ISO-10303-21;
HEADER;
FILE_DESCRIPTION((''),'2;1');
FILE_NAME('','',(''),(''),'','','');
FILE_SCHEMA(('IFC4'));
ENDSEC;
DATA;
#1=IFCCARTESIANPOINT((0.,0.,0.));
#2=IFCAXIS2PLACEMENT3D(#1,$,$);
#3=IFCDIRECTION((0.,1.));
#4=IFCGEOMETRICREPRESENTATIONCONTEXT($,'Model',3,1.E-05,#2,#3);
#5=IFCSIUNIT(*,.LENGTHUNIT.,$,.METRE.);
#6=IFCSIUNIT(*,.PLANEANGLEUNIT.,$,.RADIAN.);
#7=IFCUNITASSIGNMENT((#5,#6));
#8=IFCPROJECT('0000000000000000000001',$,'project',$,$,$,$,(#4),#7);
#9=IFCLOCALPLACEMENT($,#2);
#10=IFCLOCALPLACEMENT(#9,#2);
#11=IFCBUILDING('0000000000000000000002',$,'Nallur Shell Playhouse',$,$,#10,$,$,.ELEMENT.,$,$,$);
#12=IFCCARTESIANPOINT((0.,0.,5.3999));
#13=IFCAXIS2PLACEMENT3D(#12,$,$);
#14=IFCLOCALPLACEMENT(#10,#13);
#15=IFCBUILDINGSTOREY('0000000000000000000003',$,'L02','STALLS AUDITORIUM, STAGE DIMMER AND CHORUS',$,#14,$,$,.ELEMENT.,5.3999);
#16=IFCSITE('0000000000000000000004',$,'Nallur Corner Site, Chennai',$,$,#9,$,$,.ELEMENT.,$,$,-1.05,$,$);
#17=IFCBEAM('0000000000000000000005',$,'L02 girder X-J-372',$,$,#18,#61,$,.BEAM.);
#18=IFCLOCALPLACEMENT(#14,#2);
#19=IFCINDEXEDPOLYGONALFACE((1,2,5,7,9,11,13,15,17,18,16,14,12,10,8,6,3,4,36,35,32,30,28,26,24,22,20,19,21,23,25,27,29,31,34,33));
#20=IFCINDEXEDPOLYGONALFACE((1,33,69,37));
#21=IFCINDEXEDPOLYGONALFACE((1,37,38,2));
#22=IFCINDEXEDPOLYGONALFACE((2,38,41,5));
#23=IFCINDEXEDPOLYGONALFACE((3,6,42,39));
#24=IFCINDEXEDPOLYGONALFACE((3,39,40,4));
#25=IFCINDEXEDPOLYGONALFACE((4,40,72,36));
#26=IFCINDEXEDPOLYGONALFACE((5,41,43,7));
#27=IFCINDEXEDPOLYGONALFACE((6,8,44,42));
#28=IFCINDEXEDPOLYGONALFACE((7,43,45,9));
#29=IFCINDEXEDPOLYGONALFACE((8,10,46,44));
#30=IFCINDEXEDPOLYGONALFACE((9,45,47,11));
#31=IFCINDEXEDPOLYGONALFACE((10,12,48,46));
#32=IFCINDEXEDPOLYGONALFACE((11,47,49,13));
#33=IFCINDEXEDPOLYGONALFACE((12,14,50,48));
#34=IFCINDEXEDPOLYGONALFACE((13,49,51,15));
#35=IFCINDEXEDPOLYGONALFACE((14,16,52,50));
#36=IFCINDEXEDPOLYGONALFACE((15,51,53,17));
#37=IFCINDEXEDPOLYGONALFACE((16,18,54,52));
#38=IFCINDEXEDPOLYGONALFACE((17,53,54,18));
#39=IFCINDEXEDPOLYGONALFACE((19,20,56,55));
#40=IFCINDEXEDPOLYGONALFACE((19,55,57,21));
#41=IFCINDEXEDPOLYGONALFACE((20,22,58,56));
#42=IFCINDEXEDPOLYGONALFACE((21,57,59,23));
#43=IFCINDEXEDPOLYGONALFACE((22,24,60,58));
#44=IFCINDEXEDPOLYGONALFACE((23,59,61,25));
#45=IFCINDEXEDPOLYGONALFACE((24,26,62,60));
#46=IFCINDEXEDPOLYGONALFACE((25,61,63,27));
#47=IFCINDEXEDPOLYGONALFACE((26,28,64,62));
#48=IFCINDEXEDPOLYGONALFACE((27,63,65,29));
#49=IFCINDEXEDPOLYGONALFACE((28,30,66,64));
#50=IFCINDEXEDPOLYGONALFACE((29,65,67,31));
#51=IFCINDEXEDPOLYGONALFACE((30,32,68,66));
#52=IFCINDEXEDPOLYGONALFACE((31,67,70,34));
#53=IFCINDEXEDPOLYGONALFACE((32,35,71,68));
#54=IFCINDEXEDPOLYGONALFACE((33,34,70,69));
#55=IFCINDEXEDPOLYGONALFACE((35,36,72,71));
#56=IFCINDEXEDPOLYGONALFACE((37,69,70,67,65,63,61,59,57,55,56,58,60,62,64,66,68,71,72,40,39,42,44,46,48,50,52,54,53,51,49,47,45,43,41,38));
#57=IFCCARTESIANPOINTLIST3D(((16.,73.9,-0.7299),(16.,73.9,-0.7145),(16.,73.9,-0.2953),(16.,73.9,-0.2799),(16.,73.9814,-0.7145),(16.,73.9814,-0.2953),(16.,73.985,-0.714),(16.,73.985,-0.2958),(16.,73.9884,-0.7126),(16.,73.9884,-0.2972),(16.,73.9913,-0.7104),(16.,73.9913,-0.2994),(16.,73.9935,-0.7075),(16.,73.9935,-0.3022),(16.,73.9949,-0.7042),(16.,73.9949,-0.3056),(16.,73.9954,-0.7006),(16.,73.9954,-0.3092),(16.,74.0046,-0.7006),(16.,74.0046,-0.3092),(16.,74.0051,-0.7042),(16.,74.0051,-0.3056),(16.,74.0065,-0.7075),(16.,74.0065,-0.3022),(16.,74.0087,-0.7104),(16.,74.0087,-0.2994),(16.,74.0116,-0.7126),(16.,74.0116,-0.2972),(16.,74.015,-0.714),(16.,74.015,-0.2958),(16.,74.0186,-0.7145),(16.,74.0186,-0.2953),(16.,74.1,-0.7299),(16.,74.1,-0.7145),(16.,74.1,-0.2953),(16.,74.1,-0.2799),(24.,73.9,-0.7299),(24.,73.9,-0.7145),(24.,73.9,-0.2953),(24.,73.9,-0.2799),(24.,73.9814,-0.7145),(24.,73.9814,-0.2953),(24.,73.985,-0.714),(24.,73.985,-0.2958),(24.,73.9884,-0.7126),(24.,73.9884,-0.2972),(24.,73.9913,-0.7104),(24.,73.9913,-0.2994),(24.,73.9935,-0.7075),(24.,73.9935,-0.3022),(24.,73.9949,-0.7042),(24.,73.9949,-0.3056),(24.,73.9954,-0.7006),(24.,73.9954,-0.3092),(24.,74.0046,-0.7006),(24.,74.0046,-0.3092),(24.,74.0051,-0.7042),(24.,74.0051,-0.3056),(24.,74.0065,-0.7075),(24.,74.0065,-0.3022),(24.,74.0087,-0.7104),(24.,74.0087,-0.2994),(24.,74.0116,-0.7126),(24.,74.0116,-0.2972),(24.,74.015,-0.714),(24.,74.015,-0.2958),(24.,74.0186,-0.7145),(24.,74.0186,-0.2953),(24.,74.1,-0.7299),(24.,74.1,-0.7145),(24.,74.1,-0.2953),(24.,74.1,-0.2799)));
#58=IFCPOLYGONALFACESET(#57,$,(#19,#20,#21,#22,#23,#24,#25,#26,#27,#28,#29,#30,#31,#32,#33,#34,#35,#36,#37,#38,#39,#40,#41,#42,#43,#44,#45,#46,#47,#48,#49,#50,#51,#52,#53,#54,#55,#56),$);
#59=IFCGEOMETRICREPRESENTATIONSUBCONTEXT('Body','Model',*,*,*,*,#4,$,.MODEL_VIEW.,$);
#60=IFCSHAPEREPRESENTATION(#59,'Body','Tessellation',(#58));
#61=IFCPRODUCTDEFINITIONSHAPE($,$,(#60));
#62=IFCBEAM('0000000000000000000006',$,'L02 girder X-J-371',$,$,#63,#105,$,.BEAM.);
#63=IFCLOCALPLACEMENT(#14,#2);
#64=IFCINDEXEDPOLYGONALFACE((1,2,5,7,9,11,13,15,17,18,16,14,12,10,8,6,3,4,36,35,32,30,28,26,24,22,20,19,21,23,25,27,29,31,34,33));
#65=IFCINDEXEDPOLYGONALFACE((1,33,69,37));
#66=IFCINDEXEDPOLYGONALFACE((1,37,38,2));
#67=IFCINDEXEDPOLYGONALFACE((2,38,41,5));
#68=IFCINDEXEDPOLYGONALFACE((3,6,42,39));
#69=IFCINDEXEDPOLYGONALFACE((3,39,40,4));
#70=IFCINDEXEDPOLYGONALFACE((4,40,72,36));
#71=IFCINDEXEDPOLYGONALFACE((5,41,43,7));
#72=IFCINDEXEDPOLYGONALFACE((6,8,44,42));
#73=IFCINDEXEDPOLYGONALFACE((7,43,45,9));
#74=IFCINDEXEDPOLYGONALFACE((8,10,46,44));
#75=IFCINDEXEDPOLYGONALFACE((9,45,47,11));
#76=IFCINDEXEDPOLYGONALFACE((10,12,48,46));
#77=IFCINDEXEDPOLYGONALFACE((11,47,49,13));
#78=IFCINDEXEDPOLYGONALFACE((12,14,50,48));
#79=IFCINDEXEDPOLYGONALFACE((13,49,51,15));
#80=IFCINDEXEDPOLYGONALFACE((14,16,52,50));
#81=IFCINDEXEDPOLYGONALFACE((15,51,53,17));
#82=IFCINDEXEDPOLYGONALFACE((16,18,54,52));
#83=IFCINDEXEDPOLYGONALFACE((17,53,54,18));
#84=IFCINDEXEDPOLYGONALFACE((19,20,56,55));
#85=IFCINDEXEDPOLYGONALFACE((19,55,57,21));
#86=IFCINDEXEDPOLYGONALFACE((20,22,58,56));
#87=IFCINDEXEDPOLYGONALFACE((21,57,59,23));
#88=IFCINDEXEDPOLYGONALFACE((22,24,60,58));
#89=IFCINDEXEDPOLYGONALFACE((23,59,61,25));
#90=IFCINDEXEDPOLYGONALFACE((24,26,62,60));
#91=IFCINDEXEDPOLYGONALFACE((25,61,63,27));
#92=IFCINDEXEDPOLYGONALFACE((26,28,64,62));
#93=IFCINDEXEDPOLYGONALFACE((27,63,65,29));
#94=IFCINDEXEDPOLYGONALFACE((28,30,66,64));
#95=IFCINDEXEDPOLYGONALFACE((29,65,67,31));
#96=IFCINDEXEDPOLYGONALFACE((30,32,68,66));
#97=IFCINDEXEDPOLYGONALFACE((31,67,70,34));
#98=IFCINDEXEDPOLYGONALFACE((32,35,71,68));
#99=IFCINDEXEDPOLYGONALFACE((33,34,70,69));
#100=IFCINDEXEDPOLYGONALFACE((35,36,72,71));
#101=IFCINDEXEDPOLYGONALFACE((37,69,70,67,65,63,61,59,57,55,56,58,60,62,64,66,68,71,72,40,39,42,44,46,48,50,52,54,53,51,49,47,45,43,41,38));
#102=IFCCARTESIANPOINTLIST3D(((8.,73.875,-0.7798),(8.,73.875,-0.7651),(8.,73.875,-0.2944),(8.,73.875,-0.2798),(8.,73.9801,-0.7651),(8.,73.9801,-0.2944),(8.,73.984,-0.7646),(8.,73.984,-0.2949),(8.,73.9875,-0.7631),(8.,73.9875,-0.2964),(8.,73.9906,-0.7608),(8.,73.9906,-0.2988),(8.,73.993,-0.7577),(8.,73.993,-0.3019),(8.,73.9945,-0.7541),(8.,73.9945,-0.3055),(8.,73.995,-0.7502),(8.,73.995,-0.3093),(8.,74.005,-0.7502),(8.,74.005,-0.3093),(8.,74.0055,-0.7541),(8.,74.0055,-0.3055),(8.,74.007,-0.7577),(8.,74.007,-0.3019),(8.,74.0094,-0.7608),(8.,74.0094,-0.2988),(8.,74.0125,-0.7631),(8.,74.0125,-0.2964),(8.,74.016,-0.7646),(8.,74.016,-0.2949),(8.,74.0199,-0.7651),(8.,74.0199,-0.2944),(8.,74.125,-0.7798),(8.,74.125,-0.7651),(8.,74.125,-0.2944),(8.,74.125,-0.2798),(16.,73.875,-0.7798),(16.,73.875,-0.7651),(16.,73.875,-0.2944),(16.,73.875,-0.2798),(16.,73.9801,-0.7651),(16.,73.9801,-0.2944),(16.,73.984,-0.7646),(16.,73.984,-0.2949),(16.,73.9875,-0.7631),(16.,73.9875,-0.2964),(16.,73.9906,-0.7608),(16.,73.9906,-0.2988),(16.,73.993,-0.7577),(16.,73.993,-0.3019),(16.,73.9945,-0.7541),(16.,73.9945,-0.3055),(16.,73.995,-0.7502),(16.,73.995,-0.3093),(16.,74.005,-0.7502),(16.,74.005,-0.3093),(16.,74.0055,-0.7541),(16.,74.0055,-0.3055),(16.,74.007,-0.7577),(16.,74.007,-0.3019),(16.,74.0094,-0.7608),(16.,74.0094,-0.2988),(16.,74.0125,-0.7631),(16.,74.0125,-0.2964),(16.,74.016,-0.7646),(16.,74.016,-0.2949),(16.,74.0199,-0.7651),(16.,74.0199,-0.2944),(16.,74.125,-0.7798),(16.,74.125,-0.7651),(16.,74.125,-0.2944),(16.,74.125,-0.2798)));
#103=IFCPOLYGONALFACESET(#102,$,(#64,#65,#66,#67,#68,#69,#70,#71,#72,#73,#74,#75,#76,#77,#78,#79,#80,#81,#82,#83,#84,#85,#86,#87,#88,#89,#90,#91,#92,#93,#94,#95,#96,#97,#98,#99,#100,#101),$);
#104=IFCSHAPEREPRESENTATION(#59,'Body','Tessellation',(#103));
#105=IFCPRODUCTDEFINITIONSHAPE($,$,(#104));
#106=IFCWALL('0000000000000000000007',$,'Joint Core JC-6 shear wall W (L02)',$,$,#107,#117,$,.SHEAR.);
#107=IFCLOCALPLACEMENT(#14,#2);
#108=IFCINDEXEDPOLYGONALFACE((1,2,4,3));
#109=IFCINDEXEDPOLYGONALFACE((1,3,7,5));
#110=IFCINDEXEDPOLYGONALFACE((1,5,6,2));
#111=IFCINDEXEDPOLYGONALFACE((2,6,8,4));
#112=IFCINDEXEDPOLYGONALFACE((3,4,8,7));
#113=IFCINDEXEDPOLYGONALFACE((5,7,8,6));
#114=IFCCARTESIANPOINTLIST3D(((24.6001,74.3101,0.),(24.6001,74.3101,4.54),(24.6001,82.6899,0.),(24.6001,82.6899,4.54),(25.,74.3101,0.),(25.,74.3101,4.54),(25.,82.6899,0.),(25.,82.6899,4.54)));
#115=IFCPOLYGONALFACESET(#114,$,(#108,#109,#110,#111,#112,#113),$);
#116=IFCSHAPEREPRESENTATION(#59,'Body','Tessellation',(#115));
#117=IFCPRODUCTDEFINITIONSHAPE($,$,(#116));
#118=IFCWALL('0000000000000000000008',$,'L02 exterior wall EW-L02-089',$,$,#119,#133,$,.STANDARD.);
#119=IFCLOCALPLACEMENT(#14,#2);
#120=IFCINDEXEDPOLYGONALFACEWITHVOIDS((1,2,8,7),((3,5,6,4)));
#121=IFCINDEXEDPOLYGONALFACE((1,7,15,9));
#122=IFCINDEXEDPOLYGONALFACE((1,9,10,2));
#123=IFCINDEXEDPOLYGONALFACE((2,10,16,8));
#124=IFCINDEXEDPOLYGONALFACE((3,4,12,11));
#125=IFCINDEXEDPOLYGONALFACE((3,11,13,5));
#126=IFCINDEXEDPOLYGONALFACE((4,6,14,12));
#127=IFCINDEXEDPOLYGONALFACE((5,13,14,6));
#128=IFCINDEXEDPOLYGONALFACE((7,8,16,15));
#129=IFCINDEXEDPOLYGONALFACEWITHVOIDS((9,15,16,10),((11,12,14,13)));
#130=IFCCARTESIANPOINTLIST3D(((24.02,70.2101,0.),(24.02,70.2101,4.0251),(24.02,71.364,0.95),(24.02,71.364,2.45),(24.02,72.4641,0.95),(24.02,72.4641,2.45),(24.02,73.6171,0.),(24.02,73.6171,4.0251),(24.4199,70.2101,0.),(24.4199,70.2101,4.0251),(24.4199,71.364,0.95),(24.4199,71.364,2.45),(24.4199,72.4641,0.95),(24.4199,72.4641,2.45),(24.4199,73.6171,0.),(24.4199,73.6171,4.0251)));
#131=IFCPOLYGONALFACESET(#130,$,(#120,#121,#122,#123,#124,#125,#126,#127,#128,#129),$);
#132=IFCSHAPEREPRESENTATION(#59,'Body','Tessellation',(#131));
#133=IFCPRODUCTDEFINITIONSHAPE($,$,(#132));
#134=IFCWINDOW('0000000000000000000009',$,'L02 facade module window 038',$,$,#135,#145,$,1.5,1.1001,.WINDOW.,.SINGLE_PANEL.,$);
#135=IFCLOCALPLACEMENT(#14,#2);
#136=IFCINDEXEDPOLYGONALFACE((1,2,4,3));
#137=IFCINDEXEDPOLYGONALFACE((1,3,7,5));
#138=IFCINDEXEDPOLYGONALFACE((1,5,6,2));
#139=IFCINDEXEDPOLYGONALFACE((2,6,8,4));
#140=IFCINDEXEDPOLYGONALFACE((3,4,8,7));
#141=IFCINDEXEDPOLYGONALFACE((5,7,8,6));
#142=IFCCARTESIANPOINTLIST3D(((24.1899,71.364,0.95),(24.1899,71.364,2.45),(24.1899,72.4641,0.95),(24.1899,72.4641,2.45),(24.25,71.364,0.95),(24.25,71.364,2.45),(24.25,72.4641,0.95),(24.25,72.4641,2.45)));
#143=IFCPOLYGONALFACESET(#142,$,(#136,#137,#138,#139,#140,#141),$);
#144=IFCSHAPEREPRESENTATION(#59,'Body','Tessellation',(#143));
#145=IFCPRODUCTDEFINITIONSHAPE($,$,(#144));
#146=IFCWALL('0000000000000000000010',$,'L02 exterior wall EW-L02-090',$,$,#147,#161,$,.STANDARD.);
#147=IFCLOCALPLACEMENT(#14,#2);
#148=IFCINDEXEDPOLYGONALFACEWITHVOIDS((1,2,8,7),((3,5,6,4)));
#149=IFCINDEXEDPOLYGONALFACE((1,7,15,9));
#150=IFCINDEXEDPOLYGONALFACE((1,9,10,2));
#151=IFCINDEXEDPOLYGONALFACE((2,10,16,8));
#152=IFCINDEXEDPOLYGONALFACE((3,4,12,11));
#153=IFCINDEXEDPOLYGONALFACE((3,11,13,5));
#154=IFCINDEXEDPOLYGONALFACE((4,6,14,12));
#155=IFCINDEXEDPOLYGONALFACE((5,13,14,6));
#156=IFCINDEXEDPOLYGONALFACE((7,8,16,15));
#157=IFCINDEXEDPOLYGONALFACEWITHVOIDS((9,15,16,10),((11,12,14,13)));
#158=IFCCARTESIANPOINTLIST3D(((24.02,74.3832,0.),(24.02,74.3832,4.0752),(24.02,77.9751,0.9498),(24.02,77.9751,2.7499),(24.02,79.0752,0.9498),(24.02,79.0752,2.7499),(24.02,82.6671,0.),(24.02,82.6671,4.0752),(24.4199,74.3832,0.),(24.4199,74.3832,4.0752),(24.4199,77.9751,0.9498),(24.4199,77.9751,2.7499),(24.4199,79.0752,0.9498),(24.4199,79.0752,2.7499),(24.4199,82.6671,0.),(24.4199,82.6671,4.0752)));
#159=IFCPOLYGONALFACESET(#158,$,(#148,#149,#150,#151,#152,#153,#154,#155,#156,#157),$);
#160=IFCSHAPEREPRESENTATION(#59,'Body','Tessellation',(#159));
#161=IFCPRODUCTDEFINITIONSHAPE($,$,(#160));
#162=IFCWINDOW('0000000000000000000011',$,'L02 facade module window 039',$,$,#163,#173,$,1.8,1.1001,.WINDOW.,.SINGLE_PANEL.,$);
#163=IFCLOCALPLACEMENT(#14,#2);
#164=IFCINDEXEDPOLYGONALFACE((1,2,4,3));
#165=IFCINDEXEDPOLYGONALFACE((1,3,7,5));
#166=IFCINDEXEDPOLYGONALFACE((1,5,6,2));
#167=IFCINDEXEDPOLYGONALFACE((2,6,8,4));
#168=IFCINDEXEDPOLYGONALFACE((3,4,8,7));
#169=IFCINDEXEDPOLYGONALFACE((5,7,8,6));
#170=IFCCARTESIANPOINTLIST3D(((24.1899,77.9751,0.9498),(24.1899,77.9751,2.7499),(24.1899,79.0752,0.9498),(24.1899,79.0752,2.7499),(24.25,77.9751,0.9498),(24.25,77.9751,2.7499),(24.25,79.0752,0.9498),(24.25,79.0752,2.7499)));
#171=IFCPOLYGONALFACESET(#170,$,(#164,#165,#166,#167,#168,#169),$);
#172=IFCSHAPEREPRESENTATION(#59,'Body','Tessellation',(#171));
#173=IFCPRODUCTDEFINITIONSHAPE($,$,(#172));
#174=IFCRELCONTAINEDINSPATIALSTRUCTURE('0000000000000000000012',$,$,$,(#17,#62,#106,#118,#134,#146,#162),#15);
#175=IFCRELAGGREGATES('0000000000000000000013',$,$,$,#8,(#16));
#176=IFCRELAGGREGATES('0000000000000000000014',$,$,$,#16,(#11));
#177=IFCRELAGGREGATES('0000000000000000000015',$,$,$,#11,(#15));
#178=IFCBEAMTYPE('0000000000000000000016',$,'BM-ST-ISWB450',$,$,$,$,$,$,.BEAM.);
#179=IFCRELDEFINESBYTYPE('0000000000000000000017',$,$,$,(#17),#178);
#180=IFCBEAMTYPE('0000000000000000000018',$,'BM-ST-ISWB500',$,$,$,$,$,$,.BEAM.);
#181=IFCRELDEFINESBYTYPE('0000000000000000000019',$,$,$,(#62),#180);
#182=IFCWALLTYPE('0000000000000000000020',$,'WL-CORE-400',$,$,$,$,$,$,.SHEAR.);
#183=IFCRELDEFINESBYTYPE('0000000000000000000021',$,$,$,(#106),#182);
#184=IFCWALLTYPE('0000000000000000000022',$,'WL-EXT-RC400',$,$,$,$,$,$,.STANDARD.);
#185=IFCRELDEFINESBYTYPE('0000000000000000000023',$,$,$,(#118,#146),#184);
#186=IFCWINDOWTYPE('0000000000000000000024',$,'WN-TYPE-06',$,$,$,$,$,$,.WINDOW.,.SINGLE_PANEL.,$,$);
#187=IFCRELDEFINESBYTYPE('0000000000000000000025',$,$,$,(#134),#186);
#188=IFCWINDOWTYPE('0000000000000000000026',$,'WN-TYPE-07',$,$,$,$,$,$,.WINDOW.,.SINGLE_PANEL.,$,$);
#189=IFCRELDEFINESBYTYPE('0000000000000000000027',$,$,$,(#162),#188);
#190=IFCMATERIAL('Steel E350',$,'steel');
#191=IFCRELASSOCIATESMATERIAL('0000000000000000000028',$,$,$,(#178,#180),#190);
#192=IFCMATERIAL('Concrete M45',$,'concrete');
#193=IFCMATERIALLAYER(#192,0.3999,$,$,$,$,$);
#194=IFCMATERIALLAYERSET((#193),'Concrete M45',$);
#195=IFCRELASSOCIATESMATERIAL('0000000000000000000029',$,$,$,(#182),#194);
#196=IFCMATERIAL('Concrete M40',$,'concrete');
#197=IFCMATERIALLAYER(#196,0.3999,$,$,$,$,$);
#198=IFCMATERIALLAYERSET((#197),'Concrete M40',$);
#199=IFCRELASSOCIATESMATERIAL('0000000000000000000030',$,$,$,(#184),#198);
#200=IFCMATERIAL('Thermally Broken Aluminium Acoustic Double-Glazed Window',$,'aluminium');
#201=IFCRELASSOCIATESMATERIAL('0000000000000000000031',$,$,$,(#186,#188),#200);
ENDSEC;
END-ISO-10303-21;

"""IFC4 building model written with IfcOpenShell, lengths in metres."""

from ifc_helpers import new_model, si_unit, direction, frame, frame_2d, origin, origin_2d, place, context, subcontext, project, spatial, rectangle, i_section, extrude, material, layer, layer_set, material_profile, profile_set, type_object, element, fill, save


model = new_model("IFC4")

# Units and contexts
model_context = context("Model", 3, precision=1e-05, world=origin(), true_north=direction((0.0, 1.0)))
body_context = subcontext(model_context, "Body", "Model", "MODEL_VIEW")
ifc_project = project(units=[si_unit("LENGTHUNIT", "METRE"), si_unit("PLANEANGLEUNIT", "RADIAN")], contexts=[model_context])

# Site, building, storey
site_placement = place(None, origin())
site = spatial("IfcSite", under=ifc_project, at=site_placement, Name="Nallur Corner Site, Chennai", CompositionType="ELEMENT", RefElevation=-1.05)
building_placement = place(site_placement, origin())
building = spatial("IfcBuilding", under=site, at=building_placement, Name="Nallur Shell Playhouse", CompositionType="ELEMENT")
storey_placement = place(building_placement, frame((0.0, 0.0, 5.3999)))
storey = spatial("IfcBuildingStorey", under=building, at=storey_placement, Name="L02", Description="STALLS AUDITORIUM, STAGE DIMMER AND CHORUS", CompositionType="ELEMENT", Elevation=5.3999)

# Shared definitions
ifc_material_1 = material(Name="Concrete M40", Category="concrete")
ifc_material_2 = material(Name="Steel E350", Category="steel")

# Beams
ifc_material_profile_1 = material_profile(ifc_material_2, i_section(OverallWidth=0.2, OverallDepth=0.45, WebThickness=0.0093, FlangeThickness=0.0154, FilletRadius=0.0139, at=origin_2d()), Name="ISWB 450")
ifc_profile_set_1 = profile_set([ifc_material_profile_1], Name="Steel E350")
beam_type_1 = type_object("IfcBeamType", Name="BM-ST-ISWB450", PredefinedType="BEAM", material=ifc_profile_set_1)
beam_1_placement = place(storey_placement, frame((16.0, 74.0, -0.5049), z_axis=(1.0, 0.0, 0.0), x_axis=(0.0, 1.0, 0.0)))
element("IfcBeam", 1, at=beam_1_placement, inside=storey, type_object=beam_type_1, Name="L02 girder X-J-372", PredefinedType="BEAM", context=body_context, shape_type="SweptSolid", body=[
    extrude(i_section(OverallWidth=0.2, OverallDepth=0.45, WebThickness=0.0093, FlangeThickness=0.0154, FilletRadius=0.0139, at=origin_2d()), origin(), (0.0, 0.0, 1.0), 8.0),
])
ifc_material_profile_2 = material_profile(ifc_material_2, i_section(OverallWidth=0.25, OverallDepth=0.5, WebThickness=0.01, FlangeThickness=0.0146, FilletRadius=0.0149, at=origin_2d()), Name="ISWB 500")
ifc_profile_set_2 = profile_set([ifc_material_profile_2], Name="Steel E350")
beam_type_2 = type_object("IfcBeamType", Name="BM-ST-ISWB500", PredefinedType="BEAM", material=ifc_profile_set_2)
beam_2_placement = place(storey_placement, frame((8.0, 74.0, -0.5298), z_axis=(1.0, 0.0, 0.0), x_axis=(0.0, 1.0, 0.0)))
element("IfcBeam", 2, at=beam_2_placement, inside=storey, type_object=beam_type_2, Name="L02 girder X-J-371", PredefinedType="BEAM", context=body_context, shape_type="SweptSolid", body=[
    extrude(i_section(OverallWidth=0.25, OverallDepth=0.5, WebThickness=0.01, FlangeThickness=0.0146, FilletRadius=0.0149, at=origin_2d()), origin(), (0.0, 0.0, 1.0), 8.0),
])

# Shared definitions
ifc_material_3 = material(Name="Concrete M45", Category="concrete")
ifc_layer_1 = layer(ifc_material_3, 0.3999)
ifc_layer_set_1 = layer_set([ifc_layer_1], Name="Concrete M45")
wall_type_1 = type_object("IfcWallType", Name="WL-CORE-400", PredefinedType="SHEAR", material=ifc_layer_set_1)

# Wall
wall_1_placement = place(storey_placement, frame((24.8, 82.6899, 0.0), z_axis=(0.0, 0.0, 1.0), x_axis=(0.0, -1.0, 0.0)))
element("IfcWall", 3, at=wall_1_placement, inside=storey, type_object=wall_type_1, Name="Joint Core JC-6 shear wall W (L02)", PredefinedType="SHEAR", context=body_context, shape_type="SweptSolid", body=[
    extrude(rectangle(XDim=8.3799, YDim=0.3999, at=frame_2d((4.1899, 0.0))), origin(), (0.0, 0.0, 1.0), 4.54),
])

# Walls, openings, windows
ifc_layer_2 = layer(ifc_material_1, 0.3999)
ifc_layer_set_2 = layer_set([ifc_layer_2], Name="Concrete M40")
wall_type_2 = type_object("IfcWallType", Name="WL-EXT-RC400", PredefinedType="STANDARD", material=ifc_layer_set_2)
wall_2_placement = place(storey_placement, frame((24.22, 70.21, 0.0), z_axis=(0.0, 0.0, 1.0), x_axis=(0.0, 1.0, 0.0)))
wall_2 = element("IfcWall", 4, at=wall_2_placement, inside=storey, type_object=wall_type_2, Name="L02 exterior wall EW-L02-089", PredefinedType="STANDARD", context=body_context, shape_type="SweptSolid", body=[
    extrude(rectangle(XDim=3.407, YDim=0.3999, at=frame_2d((1.7036, 0.0))), origin(), (0.0, 0.0, 1.0), 4.0251),
])
opening_1_placement = place(wall_2_placement, frame((1.1541, 0.0, 0.95)))
opening_1 = element("IfcOpeningElement", 5, at=opening_1_placement, cuts=wall_2, PredefinedType="OPENING", context=body_context, shape_type="SweptSolid", body=[
    extrude(rectangle(XDim=1.1001, YDim=1.5, at=frame_2d((0.55, 0.75))), frame((0.0, 0.21, 0.0), z_axis=(0.0, -1.0, 0.0), x_axis=(1.0, 0.0, 0.0)), (0.0, 0.0, 1.0), 0.4199),
])
ifc_material_4 = material(Name="Thermally Broken Aluminium Acoustic Double-Glazed Window", Category="aluminium")
window_type_1 = type_object("IfcWindowType", Name="WN-TYPE-06", PartitioningType="SINGLE_PANEL", PredefinedType="WINDOW", material=ifc_material_4)
window_1_placement = place(opening_1_placement, origin())
window_1 = element("IfcWindow", 6, at=window_1_placement, inside=storey, type_object=window_type_1, Name="L02 facade module window 038", OverallHeight=1.5, OverallWidth=1.1001, PartitioningType="SINGLE_PANEL", PredefinedType="WINDOW", context=body_context, shape_type="SweptSolid", body=[
    extrude(rectangle(XDim=1.1001, YDim=1.5, at=frame_2d((0.55, 0.75))), frame((0.0, 0.03, 0.0), z_axis=(0.0, -1.0, 0.0), x_axis=(1.0, 0.0, 0.0)), (0.0, 0.0, 1.0), 0.0601),
])
fill(opening_1, window_1)
wall_3_placement = place(storey_placement, frame((24.22, 74.3831, 0.0), z_axis=(0.0, 0.0, 1.0), x_axis=(0.0, 1.0, 0.0)))
wall_3 = element("IfcWall", 7, at=wall_3_placement, inside=storey, type_object=wall_type_2, Name="L02 exterior wall EW-L02-090", PredefinedType="STANDARD", context=body_context, shape_type="SweptSolid", body=[
    extrude(rectangle(XDim=8.2839, YDim=0.3999, at=frame_2d((4.1421, 0.0))), origin(), (0.0, 0.0, 1.0), 4.0752),
])
opening_2_placement = place(wall_3_placement, frame((3.592, 0.0, 0.95)))
opening_2 = element("IfcOpeningElement", 8, at=opening_2_placement, cuts=wall_3, PredefinedType="OPENING", context=body_context, shape_type="SweptSolid", body=[
    extrude(rectangle(XDim=1.1001, YDim=1.8, at=frame_2d((0.55, 0.8999))), frame((0.0, 0.21, 0.0), z_axis=(0.0, -1.0, 0.0), x_axis=(1.0, 0.0, 0.0)), (0.0, 0.0, 1.0), 0.4199),
])
window_type_2 = type_object("IfcWindowType", Name="WN-TYPE-07", PartitioningType="SINGLE_PANEL", PredefinedType="WINDOW", material=ifc_material_4)
window_2_placement = place(opening_2_placement, origin())
window_2 = element("IfcWindow", 9, at=window_2_placement, inside=storey, type_object=window_type_2, Name="L02 facade module window 039", OverallHeight=1.8, OverallWidth=1.1001, PartitioningType="SINGLE_PANEL", PredefinedType="WINDOW", context=body_context, shape_type="SweptSolid", body=[
    extrude(rectangle(XDim=1.1001, YDim=1.8, at=frame_2d((0.55, 0.8999))), frame((0.0, 0.03, 0.0), z_axis=(0.0, -1.0, 0.0), x_axis=(1.0, 0.0, 0.0)), (0.0, 0.0, 1.0), 0.0601),
])
fill(opening_2, window_2)

save(model, "model.ifc")
